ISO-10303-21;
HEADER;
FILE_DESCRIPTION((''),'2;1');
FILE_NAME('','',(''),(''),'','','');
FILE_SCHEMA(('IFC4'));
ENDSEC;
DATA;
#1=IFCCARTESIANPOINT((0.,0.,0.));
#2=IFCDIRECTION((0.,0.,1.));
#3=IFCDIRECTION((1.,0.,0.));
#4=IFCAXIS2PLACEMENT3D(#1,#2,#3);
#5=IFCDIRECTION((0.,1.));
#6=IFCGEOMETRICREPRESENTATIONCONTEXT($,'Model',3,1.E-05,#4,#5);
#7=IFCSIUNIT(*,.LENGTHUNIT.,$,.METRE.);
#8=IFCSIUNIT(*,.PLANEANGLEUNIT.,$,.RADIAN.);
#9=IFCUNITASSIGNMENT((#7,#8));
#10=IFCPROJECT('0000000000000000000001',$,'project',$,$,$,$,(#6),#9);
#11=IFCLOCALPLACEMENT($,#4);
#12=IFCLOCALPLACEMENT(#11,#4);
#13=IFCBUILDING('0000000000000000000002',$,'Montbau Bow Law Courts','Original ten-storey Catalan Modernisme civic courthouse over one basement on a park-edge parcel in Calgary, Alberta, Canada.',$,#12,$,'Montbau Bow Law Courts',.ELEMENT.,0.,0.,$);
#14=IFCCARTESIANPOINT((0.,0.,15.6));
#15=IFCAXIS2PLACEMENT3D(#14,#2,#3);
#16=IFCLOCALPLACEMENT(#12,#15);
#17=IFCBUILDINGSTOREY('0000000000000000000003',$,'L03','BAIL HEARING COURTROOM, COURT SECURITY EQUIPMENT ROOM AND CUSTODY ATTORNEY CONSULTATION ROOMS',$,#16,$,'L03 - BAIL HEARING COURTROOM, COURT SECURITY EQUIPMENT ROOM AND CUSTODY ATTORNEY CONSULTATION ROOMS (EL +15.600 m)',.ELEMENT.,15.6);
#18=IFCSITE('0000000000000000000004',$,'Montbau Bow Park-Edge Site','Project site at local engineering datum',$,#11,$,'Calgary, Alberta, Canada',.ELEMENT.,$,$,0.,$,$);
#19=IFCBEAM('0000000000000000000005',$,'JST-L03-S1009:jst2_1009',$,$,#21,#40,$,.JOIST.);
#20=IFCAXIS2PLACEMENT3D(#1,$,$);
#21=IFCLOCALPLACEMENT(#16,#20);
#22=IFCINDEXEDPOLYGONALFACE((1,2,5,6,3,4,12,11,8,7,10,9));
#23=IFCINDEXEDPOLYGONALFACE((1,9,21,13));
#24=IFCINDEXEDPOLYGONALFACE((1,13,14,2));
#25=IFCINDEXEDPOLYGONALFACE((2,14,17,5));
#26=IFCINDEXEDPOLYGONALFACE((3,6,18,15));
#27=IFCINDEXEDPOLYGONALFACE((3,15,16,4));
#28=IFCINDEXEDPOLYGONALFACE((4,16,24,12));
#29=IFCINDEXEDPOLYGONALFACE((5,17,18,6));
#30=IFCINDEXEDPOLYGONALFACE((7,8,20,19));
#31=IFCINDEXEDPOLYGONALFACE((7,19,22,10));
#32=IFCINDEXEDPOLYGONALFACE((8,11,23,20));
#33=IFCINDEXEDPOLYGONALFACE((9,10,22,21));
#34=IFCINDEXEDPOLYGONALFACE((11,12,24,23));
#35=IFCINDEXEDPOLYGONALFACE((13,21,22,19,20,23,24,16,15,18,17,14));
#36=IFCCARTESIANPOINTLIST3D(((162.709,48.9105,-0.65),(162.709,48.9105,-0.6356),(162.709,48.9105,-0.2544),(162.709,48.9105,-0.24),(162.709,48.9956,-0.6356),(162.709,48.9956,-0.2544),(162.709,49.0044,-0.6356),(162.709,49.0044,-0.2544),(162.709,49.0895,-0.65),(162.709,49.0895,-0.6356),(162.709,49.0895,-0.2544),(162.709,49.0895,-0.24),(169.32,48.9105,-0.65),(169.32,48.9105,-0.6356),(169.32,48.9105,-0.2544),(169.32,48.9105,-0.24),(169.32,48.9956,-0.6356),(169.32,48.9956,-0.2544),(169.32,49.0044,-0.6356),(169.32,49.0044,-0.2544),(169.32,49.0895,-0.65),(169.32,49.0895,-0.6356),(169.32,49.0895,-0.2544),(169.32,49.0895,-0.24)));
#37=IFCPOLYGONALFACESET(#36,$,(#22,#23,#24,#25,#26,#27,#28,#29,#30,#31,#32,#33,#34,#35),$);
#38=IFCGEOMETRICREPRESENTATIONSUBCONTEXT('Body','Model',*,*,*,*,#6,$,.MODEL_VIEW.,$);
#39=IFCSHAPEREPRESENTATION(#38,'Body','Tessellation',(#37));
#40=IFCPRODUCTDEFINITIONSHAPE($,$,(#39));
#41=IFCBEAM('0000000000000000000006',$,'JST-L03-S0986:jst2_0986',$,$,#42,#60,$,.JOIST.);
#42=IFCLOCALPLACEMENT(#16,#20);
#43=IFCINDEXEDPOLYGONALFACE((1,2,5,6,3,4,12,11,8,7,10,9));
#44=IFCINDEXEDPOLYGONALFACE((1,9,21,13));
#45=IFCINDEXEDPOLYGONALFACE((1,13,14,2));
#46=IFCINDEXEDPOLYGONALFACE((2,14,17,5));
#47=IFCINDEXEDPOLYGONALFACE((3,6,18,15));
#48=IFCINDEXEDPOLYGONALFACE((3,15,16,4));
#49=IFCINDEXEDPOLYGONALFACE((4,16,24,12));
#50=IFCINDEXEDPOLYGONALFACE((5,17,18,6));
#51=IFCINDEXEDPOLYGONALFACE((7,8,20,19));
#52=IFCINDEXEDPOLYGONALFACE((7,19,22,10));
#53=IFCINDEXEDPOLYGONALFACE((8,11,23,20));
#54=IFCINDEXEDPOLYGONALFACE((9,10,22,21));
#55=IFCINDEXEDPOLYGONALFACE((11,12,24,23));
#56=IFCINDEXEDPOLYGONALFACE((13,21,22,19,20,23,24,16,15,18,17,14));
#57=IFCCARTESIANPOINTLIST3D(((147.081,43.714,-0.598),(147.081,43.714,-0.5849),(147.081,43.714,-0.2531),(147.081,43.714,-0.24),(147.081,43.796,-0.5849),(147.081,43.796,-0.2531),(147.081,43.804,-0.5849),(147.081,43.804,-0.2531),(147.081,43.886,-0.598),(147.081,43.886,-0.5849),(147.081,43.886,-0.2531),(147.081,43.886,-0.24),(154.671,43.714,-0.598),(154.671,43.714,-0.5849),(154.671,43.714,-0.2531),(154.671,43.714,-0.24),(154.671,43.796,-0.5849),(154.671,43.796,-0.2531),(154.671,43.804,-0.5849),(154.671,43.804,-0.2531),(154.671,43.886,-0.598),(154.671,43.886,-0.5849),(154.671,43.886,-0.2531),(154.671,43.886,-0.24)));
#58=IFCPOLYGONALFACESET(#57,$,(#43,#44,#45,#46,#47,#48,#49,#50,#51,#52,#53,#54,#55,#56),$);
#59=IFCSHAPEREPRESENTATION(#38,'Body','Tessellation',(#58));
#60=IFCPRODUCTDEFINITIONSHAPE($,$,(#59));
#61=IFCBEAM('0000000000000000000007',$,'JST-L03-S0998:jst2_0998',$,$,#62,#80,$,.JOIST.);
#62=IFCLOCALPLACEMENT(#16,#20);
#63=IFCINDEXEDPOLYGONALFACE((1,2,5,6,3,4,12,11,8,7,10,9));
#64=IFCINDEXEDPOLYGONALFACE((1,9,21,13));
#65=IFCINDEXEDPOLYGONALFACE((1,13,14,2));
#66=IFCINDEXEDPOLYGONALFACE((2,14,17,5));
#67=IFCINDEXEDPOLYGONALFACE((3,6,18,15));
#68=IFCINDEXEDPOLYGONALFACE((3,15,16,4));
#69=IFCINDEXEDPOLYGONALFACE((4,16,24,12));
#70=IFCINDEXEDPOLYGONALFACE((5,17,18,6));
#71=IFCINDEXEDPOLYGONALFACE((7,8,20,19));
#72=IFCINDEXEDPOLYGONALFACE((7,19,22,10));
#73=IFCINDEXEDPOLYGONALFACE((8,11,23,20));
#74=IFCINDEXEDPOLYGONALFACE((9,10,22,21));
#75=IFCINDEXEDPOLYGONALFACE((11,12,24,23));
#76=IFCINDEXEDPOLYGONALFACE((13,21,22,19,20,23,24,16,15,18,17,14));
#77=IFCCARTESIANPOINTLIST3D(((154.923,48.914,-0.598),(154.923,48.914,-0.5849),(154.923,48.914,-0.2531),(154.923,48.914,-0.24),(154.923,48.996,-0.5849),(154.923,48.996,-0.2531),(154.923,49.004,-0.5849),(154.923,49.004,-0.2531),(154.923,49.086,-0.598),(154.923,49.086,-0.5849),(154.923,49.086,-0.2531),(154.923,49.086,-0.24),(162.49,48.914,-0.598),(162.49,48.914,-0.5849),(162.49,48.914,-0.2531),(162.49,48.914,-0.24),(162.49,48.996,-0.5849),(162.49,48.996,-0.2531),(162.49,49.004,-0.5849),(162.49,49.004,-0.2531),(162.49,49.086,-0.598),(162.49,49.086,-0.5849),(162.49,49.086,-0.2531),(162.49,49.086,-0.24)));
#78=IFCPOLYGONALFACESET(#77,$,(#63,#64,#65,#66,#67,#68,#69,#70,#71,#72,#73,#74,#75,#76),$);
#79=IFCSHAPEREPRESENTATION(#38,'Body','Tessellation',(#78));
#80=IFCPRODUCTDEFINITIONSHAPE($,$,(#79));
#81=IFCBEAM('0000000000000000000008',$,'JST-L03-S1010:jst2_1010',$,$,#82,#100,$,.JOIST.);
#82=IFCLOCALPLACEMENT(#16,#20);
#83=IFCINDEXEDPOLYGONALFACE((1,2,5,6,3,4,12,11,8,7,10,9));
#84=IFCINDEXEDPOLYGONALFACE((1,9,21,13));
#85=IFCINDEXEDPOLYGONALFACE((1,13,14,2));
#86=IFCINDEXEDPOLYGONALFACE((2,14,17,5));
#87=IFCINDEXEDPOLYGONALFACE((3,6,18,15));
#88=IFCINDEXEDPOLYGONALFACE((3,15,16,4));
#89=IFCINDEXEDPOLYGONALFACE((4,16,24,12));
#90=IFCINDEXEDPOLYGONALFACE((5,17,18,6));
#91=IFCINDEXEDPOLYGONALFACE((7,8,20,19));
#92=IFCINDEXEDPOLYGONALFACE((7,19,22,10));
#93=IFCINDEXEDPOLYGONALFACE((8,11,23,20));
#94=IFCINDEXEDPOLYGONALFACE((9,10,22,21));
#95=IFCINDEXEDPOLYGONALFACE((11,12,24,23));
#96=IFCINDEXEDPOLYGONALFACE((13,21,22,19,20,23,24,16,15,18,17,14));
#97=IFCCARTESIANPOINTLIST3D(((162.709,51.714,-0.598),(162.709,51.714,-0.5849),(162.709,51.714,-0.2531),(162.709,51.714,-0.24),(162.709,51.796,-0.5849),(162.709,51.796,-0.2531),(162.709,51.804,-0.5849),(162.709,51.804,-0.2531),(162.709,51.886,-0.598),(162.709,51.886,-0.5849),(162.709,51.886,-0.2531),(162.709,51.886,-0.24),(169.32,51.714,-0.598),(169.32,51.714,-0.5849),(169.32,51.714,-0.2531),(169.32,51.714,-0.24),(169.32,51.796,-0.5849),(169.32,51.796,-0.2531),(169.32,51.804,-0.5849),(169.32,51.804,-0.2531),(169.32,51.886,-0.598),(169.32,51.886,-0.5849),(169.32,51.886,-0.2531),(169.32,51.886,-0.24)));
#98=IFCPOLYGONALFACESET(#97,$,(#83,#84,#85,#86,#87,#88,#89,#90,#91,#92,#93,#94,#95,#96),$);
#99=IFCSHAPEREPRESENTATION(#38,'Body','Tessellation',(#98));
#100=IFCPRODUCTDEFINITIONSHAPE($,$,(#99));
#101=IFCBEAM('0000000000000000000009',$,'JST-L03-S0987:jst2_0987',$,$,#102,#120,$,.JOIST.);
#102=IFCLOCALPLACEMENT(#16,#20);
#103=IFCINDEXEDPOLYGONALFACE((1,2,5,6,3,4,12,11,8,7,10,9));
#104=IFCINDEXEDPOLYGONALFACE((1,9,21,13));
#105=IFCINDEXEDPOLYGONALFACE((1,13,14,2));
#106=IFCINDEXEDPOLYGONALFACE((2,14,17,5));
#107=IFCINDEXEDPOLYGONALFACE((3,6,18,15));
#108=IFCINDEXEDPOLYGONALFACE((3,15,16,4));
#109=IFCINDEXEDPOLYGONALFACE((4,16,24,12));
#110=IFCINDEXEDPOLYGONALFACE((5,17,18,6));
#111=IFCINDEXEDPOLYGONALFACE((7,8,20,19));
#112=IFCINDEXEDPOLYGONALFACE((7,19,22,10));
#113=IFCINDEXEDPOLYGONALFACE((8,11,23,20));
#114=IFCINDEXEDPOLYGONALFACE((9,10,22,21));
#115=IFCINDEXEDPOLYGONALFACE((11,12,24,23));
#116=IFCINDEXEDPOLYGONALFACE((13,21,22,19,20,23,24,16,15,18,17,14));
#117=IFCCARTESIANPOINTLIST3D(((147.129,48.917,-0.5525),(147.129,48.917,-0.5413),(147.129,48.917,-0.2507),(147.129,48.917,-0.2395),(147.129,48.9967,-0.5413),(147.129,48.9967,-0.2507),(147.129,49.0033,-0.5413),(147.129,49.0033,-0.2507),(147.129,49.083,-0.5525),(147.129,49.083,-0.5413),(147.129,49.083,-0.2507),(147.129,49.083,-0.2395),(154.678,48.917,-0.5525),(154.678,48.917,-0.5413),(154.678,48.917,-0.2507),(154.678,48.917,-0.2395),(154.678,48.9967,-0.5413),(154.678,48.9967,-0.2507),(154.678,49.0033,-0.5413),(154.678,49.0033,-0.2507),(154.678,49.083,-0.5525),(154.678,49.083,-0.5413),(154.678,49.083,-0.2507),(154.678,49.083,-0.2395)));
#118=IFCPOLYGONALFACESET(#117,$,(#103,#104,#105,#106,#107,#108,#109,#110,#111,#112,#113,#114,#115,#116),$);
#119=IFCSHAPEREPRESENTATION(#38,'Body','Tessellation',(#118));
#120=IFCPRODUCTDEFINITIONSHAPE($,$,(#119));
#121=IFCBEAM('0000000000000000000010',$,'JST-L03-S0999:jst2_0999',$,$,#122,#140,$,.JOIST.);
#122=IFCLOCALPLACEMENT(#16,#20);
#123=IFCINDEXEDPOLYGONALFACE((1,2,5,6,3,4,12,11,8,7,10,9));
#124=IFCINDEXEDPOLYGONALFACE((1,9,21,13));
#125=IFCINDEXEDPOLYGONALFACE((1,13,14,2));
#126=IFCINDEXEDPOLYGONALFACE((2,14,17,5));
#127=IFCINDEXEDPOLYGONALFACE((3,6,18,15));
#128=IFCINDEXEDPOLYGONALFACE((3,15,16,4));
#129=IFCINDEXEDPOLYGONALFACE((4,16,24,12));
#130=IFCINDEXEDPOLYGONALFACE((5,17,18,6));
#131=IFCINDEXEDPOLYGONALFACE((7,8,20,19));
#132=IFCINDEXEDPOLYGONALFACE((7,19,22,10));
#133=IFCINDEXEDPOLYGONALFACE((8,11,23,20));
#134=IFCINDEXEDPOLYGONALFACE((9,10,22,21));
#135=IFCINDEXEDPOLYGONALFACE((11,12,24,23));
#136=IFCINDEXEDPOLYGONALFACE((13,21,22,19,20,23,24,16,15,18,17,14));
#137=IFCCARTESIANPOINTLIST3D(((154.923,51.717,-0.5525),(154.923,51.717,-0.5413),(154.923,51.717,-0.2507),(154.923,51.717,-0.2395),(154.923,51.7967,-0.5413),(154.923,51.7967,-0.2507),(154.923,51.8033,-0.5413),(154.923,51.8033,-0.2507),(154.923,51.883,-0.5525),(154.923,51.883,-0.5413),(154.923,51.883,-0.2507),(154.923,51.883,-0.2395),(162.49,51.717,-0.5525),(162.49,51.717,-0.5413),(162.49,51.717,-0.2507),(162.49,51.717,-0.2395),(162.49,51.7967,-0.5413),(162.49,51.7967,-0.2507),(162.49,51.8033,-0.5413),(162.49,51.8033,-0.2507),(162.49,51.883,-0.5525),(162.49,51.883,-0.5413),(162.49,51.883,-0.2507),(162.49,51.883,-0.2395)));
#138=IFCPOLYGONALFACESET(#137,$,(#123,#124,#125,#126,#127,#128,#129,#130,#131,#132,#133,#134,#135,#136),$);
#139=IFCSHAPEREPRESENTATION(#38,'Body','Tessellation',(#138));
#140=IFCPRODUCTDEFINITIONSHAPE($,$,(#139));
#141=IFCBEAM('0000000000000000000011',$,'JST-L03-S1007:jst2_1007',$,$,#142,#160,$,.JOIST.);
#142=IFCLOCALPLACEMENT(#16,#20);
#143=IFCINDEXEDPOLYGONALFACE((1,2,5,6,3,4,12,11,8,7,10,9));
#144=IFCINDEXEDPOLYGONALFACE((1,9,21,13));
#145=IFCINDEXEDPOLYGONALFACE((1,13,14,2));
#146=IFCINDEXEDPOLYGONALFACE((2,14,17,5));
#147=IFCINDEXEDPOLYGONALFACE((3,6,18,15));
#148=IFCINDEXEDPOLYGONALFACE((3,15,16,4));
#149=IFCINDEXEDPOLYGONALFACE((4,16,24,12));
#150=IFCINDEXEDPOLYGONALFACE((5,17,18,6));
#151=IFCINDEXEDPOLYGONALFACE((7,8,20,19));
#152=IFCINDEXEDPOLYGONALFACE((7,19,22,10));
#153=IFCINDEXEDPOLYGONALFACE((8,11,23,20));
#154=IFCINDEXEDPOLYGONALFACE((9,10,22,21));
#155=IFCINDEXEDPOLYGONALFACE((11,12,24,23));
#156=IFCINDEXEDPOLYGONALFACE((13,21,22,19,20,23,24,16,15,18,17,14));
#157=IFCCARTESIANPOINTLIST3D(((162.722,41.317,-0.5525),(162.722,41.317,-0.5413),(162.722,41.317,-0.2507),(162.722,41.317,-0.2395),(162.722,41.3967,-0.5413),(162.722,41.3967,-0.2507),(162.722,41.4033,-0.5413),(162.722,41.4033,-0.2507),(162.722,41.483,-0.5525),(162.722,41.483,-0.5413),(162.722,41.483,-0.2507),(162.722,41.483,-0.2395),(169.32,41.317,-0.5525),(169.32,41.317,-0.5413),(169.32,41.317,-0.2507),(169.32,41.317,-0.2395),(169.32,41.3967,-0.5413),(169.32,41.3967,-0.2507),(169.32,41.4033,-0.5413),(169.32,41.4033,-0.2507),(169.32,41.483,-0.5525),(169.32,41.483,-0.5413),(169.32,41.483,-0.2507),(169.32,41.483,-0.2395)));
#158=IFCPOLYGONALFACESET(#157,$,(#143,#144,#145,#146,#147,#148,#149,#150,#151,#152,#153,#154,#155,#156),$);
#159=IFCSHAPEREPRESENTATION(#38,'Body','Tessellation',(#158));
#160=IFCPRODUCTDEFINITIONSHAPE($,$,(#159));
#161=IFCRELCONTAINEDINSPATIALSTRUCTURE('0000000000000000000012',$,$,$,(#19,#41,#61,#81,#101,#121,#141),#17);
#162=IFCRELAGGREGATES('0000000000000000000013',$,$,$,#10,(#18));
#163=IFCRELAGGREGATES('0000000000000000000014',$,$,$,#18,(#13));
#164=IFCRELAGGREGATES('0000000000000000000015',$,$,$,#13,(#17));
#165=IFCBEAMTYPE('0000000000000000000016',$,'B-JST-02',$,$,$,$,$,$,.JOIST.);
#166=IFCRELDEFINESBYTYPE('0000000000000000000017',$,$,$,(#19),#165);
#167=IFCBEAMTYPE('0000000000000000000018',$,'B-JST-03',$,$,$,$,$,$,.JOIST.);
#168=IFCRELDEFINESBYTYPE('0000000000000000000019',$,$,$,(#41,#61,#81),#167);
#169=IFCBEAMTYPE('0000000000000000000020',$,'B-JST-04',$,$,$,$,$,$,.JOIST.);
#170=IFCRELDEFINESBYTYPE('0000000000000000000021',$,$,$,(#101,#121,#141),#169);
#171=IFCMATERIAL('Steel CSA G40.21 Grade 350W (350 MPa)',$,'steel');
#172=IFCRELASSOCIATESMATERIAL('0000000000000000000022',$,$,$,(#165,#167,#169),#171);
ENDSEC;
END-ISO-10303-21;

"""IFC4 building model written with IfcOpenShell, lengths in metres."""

from ifc_helpers import new_model, si_unit, direction, frame, origin_with_axes, origin_2d_with_axis, place, context, subcontext, project, spatial, i_section, extrude, material, material_profile, profile_set, type_object, element, save


model = new_model("IFC4")

# Units and contexts
model_context = context("Model", 3, precision=1e-05, world=origin_with_axes(), true_north=direction((0.0, 1.0)))
body_context = subcontext(model_context, "Body", "Model", "MODEL_VIEW")
ifc_project = project(units=[si_unit("LENGTHUNIT", "METRE"), si_unit("PLANEANGLEUNIT", "RADIAN")], contexts=[model_context])

# Site, building, storey
site_placement = place(None, origin_with_axes())
site = spatial("IfcSite", under=ifc_project, at=site_placement, Name="Montbau Bow Park-Edge Site", Description="Project site at local engineering datum", LongName="Calgary, Alberta, Canada", CompositionType="ELEMENT", RefElevation=0.0)
building_placement = place(site_placement, origin_with_axes())
building = spatial("IfcBuilding", under=site, at=building_placement, Name="Montbau Bow Law Courts", Description="Original ten-storey Catalan Modernisme civic courthouse over one basement on a park-edge parcel in Calgary, Alberta, Canada.", LongName="Montbau Bow Law Courts", CompositionType="ELEMENT", ElevationOfRefHeight=0.0, ElevationOfTerrain=0.0)
storey_placement = place(building_placement, frame((0.0, 0.0, 15.6), z_axis=(0.0, 0.0, 1.0), x_axis=(1.0, 0.0, 0.0)))
storey = spatial("IfcBuildingStorey", under=building, at=storey_placement, Name="L03", Description="BAIL HEARING COURTROOM, COURT SECURITY EQUIPMENT ROOM AND CUSTODY ATTORNEY CONSULTATION ROOMS", LongName="L03 - BAIL HEARING COURTROOM, COURT SECURITY EQUIPMENT ROOM AND CUSTODY ATTORNEY CONSULTATION ROOMS (EL +15.600 m)", CompositionType="ELEMENT", Elevation=15.6)

# Beams
ifc_material_1 = material(Name="Steel CSA G40.21 Grade 350W (350 MPa)", Category="steel")
ifc_material_profile_1 = material_profile(ifc_material_1, i_section(OverallWidth=0.179, OverallDepth=0.41, WebThickness=0.0088, FlangeThickness=0.0144, at=origin_2d_with_axis()), Name="W410X67", Category="Main", Priority=0)
ifc_profile_set_1 = profile_set([ifc_material_profile_1], Name="Steel CSA G40.21 Grade 350W (350 MPa)")
beam_type_1 = type_object("IfcBeamType", Name="B-JST-02", PredefinedType="JOIST", material=ifc_profile_set_1)
beam_1_placement = place(None, frame((162.709, 49.0, 15.155), z_axis=(1.0, 0.0, 0.0), x_axis=(0.0, 1.0, 0.0)))
element("IfcBeam", 1, at=beam_1_placement, inside=storey, type_object=beam_type_1, Name="JST-L03-S1009:jst2_1009", PredefinedType="JOIST", context=body_context, shape_type="SweptSolid", body=[
    extrude(i_section(OverallWidth=0.179, OverallDepth=0.41, WebThickness=0.0088, FlangeThickness=0.0144, at=origin_2d_with_axis()), origin_with_axes(), (0.0, 0.0, 1.0), 6.611),
])
ifc_material_profile_2 = material_profile(ifc_material_1, i_section(OverallWidth=0.172, OverallDepth=0.358, WebThickness=0.0079, FlangeThickness=0.0131, at=origin_2d_with_axis()), Name="W360X57", Category="Main", Priority=0)
ifc_profile_set_2 = profile_set([ifc_material_profile_2], Name="Steel CSA G40.21 Grade 350W (350 MPa)")
beam_type_2 = type_object("IfcBeamType", Name="B-JST-03", PredefinedType="JOIST", material=ifc_profile_set_2)
beam_2_placement = place(None, frame((147.081, 43.8, 15.181), z_axis=(1.0, 0.0, 0.0), x_axis=(0.0, 1.0, 0.0)))
element("IfcBeam", 2, at=beam_2_placement, inside=storey, type_object=beam_type_2, Name="JST-L03-S0986:jst2_0986", PredefinedType="JOIST", context=body_context, shape_type="SweptSolid", body=[
    extrude(i_section(OverallWidth=0.172, OverallDepth=0.358, WebThickness=0.0079, FlangeThickness=0.0131, at=origin_2d_with_axis()), origin_with_axes(), (0.0, 0.0, 1.0), 7.59),
])
beam_3_placement = place(None, frame((154.923, 49.0, 15.181), z_axis=(1.0, 0.0, 0.0), x_axis=(0.0, 1.0, 0.0)))
element("IfcBeam", 3, at=beam_3_placement, inside=storey, type_object=beam_type_2, Name="JST-L03-S0998:jst2_0998", PredefinedType="JOIST", context=body_context, shape_type="SweptSolid", body=[
    extrude(i_section(OverallWidth=0.172, OverallDepth=0.358, WebThickness=0.0079, FlangeThickness=0.0131, at=origin_2d_with_axis()), origin_with_axes(), (0.0, 0.0, 1.0), 7.567),
])
beam_4_placement = place(None, frame((162.709, 51.8, 15.181), z_axis=(1.0, 0.0, 0.0), x_axis=(0.0, 1.0, 0.0)))
element("IfcBeam", 4, at=beam_4_placement, inside=storey, type_object=beam_type_2, Name="JST-L03-S1010:jst2_1010", PredefinedType="JOIST", context=body_context, shape_type="SweptSolid", body=[
    extrude(i_section(OverallWidth=0.172, OverallDepth=0.358, WebThickness=0.0079, FlangeThickness=0.0131, at=origin_2d_with_axis()), origin_with_axes(), (0.0, 0.0, 1.0), 6.611),
])
ifc_material_profile_3 = material_profile(ifc_material_1, i_section(OverallWidth=0.166, OverallDepth=0.313, WebThickness=0.0066, FlangeThickness=0.0112, at=origin_2d_with_axis()), Name="W310X45", Category="Main", Priority=0)
ifc_profile_set_3 = profile_set([ifc_material_profile_3], Name="Steel CSA G40.21 Grade 350W (350 MPa)")
beam_type_3 = type_object("IfcBeamType", Name="B-JST-04", PredefinedType="JOIST", material=ifc_profile_set_3)
beam_5_placement = place(None, frame((147.129, 49.0, 15.204), z_axis=(1.0, 0.0, 0.0), x_axis=(0.0, 1.0, 0.0)))
element("IfcBeam", 5, at=beam_5_placement, inside=storey, type_object=beam_type_3, Name="JST-L03-S0987:jst2_0987", PredefinedType="JOIST", context=body_context, shape_type="SweptSolid", body=[
    extrude(i_section(OverallWidth=0.166, OverallDepth=0.313, WebThickness=0.0066, FlangeThickness=0.0112, at=origin_2d_with_axis()), origin_with_axes(), (0.0, 0.0, 1.0), 7.549),
])
beam_6_placement = place(None, frame((154.923, 51.8, 15.204), z_axis=(1.0, 0.0, 0.0), x_axis=(0.0, 1.0, 0.0)))
element("IfcBeam", 6, at=beam_6_placement, inside=storey, type_object=beam_type_3, Name="JST-L03-S0999:jst2_0999", PredefinedType="JOIST", context=body_context, shape_type="SweptSolid", body=[
    extrude(i_section(OverallWidth=0.166, OverallDepth=0.313, WebThickness=0.0066, FlangeThickness=0.0112, at=origin_2d_with_axis()), origin_with_axes(), (0.0, 0.0, 1.0), 7.567),
])
beam_7_placement = place(None, frame((162.722, 41.4, 15.204), z_axis=(1.0, 0.0, 0.0), x_axis=(0.0, 1.0, 0.0)))
element("IfcBeam", 7, at=beam_7_placement, inside=storey, type_object=beam_type_3, Name="JST-L03-S1007:jst2_1007", PredefinedType="JOIST", context=body_context, shape_type="SweptSolid", body=[
    extrude(i_section(OverallWidth=0.166, OverallDepth=0.313, WebThickness=0.0066, FlangeThickness=0.0112, at=origin_2d_with_axis()), origin_with_axes(), (0.0, 0.0, 1.0), 6.598),
])

save(model, "model.ifc")
